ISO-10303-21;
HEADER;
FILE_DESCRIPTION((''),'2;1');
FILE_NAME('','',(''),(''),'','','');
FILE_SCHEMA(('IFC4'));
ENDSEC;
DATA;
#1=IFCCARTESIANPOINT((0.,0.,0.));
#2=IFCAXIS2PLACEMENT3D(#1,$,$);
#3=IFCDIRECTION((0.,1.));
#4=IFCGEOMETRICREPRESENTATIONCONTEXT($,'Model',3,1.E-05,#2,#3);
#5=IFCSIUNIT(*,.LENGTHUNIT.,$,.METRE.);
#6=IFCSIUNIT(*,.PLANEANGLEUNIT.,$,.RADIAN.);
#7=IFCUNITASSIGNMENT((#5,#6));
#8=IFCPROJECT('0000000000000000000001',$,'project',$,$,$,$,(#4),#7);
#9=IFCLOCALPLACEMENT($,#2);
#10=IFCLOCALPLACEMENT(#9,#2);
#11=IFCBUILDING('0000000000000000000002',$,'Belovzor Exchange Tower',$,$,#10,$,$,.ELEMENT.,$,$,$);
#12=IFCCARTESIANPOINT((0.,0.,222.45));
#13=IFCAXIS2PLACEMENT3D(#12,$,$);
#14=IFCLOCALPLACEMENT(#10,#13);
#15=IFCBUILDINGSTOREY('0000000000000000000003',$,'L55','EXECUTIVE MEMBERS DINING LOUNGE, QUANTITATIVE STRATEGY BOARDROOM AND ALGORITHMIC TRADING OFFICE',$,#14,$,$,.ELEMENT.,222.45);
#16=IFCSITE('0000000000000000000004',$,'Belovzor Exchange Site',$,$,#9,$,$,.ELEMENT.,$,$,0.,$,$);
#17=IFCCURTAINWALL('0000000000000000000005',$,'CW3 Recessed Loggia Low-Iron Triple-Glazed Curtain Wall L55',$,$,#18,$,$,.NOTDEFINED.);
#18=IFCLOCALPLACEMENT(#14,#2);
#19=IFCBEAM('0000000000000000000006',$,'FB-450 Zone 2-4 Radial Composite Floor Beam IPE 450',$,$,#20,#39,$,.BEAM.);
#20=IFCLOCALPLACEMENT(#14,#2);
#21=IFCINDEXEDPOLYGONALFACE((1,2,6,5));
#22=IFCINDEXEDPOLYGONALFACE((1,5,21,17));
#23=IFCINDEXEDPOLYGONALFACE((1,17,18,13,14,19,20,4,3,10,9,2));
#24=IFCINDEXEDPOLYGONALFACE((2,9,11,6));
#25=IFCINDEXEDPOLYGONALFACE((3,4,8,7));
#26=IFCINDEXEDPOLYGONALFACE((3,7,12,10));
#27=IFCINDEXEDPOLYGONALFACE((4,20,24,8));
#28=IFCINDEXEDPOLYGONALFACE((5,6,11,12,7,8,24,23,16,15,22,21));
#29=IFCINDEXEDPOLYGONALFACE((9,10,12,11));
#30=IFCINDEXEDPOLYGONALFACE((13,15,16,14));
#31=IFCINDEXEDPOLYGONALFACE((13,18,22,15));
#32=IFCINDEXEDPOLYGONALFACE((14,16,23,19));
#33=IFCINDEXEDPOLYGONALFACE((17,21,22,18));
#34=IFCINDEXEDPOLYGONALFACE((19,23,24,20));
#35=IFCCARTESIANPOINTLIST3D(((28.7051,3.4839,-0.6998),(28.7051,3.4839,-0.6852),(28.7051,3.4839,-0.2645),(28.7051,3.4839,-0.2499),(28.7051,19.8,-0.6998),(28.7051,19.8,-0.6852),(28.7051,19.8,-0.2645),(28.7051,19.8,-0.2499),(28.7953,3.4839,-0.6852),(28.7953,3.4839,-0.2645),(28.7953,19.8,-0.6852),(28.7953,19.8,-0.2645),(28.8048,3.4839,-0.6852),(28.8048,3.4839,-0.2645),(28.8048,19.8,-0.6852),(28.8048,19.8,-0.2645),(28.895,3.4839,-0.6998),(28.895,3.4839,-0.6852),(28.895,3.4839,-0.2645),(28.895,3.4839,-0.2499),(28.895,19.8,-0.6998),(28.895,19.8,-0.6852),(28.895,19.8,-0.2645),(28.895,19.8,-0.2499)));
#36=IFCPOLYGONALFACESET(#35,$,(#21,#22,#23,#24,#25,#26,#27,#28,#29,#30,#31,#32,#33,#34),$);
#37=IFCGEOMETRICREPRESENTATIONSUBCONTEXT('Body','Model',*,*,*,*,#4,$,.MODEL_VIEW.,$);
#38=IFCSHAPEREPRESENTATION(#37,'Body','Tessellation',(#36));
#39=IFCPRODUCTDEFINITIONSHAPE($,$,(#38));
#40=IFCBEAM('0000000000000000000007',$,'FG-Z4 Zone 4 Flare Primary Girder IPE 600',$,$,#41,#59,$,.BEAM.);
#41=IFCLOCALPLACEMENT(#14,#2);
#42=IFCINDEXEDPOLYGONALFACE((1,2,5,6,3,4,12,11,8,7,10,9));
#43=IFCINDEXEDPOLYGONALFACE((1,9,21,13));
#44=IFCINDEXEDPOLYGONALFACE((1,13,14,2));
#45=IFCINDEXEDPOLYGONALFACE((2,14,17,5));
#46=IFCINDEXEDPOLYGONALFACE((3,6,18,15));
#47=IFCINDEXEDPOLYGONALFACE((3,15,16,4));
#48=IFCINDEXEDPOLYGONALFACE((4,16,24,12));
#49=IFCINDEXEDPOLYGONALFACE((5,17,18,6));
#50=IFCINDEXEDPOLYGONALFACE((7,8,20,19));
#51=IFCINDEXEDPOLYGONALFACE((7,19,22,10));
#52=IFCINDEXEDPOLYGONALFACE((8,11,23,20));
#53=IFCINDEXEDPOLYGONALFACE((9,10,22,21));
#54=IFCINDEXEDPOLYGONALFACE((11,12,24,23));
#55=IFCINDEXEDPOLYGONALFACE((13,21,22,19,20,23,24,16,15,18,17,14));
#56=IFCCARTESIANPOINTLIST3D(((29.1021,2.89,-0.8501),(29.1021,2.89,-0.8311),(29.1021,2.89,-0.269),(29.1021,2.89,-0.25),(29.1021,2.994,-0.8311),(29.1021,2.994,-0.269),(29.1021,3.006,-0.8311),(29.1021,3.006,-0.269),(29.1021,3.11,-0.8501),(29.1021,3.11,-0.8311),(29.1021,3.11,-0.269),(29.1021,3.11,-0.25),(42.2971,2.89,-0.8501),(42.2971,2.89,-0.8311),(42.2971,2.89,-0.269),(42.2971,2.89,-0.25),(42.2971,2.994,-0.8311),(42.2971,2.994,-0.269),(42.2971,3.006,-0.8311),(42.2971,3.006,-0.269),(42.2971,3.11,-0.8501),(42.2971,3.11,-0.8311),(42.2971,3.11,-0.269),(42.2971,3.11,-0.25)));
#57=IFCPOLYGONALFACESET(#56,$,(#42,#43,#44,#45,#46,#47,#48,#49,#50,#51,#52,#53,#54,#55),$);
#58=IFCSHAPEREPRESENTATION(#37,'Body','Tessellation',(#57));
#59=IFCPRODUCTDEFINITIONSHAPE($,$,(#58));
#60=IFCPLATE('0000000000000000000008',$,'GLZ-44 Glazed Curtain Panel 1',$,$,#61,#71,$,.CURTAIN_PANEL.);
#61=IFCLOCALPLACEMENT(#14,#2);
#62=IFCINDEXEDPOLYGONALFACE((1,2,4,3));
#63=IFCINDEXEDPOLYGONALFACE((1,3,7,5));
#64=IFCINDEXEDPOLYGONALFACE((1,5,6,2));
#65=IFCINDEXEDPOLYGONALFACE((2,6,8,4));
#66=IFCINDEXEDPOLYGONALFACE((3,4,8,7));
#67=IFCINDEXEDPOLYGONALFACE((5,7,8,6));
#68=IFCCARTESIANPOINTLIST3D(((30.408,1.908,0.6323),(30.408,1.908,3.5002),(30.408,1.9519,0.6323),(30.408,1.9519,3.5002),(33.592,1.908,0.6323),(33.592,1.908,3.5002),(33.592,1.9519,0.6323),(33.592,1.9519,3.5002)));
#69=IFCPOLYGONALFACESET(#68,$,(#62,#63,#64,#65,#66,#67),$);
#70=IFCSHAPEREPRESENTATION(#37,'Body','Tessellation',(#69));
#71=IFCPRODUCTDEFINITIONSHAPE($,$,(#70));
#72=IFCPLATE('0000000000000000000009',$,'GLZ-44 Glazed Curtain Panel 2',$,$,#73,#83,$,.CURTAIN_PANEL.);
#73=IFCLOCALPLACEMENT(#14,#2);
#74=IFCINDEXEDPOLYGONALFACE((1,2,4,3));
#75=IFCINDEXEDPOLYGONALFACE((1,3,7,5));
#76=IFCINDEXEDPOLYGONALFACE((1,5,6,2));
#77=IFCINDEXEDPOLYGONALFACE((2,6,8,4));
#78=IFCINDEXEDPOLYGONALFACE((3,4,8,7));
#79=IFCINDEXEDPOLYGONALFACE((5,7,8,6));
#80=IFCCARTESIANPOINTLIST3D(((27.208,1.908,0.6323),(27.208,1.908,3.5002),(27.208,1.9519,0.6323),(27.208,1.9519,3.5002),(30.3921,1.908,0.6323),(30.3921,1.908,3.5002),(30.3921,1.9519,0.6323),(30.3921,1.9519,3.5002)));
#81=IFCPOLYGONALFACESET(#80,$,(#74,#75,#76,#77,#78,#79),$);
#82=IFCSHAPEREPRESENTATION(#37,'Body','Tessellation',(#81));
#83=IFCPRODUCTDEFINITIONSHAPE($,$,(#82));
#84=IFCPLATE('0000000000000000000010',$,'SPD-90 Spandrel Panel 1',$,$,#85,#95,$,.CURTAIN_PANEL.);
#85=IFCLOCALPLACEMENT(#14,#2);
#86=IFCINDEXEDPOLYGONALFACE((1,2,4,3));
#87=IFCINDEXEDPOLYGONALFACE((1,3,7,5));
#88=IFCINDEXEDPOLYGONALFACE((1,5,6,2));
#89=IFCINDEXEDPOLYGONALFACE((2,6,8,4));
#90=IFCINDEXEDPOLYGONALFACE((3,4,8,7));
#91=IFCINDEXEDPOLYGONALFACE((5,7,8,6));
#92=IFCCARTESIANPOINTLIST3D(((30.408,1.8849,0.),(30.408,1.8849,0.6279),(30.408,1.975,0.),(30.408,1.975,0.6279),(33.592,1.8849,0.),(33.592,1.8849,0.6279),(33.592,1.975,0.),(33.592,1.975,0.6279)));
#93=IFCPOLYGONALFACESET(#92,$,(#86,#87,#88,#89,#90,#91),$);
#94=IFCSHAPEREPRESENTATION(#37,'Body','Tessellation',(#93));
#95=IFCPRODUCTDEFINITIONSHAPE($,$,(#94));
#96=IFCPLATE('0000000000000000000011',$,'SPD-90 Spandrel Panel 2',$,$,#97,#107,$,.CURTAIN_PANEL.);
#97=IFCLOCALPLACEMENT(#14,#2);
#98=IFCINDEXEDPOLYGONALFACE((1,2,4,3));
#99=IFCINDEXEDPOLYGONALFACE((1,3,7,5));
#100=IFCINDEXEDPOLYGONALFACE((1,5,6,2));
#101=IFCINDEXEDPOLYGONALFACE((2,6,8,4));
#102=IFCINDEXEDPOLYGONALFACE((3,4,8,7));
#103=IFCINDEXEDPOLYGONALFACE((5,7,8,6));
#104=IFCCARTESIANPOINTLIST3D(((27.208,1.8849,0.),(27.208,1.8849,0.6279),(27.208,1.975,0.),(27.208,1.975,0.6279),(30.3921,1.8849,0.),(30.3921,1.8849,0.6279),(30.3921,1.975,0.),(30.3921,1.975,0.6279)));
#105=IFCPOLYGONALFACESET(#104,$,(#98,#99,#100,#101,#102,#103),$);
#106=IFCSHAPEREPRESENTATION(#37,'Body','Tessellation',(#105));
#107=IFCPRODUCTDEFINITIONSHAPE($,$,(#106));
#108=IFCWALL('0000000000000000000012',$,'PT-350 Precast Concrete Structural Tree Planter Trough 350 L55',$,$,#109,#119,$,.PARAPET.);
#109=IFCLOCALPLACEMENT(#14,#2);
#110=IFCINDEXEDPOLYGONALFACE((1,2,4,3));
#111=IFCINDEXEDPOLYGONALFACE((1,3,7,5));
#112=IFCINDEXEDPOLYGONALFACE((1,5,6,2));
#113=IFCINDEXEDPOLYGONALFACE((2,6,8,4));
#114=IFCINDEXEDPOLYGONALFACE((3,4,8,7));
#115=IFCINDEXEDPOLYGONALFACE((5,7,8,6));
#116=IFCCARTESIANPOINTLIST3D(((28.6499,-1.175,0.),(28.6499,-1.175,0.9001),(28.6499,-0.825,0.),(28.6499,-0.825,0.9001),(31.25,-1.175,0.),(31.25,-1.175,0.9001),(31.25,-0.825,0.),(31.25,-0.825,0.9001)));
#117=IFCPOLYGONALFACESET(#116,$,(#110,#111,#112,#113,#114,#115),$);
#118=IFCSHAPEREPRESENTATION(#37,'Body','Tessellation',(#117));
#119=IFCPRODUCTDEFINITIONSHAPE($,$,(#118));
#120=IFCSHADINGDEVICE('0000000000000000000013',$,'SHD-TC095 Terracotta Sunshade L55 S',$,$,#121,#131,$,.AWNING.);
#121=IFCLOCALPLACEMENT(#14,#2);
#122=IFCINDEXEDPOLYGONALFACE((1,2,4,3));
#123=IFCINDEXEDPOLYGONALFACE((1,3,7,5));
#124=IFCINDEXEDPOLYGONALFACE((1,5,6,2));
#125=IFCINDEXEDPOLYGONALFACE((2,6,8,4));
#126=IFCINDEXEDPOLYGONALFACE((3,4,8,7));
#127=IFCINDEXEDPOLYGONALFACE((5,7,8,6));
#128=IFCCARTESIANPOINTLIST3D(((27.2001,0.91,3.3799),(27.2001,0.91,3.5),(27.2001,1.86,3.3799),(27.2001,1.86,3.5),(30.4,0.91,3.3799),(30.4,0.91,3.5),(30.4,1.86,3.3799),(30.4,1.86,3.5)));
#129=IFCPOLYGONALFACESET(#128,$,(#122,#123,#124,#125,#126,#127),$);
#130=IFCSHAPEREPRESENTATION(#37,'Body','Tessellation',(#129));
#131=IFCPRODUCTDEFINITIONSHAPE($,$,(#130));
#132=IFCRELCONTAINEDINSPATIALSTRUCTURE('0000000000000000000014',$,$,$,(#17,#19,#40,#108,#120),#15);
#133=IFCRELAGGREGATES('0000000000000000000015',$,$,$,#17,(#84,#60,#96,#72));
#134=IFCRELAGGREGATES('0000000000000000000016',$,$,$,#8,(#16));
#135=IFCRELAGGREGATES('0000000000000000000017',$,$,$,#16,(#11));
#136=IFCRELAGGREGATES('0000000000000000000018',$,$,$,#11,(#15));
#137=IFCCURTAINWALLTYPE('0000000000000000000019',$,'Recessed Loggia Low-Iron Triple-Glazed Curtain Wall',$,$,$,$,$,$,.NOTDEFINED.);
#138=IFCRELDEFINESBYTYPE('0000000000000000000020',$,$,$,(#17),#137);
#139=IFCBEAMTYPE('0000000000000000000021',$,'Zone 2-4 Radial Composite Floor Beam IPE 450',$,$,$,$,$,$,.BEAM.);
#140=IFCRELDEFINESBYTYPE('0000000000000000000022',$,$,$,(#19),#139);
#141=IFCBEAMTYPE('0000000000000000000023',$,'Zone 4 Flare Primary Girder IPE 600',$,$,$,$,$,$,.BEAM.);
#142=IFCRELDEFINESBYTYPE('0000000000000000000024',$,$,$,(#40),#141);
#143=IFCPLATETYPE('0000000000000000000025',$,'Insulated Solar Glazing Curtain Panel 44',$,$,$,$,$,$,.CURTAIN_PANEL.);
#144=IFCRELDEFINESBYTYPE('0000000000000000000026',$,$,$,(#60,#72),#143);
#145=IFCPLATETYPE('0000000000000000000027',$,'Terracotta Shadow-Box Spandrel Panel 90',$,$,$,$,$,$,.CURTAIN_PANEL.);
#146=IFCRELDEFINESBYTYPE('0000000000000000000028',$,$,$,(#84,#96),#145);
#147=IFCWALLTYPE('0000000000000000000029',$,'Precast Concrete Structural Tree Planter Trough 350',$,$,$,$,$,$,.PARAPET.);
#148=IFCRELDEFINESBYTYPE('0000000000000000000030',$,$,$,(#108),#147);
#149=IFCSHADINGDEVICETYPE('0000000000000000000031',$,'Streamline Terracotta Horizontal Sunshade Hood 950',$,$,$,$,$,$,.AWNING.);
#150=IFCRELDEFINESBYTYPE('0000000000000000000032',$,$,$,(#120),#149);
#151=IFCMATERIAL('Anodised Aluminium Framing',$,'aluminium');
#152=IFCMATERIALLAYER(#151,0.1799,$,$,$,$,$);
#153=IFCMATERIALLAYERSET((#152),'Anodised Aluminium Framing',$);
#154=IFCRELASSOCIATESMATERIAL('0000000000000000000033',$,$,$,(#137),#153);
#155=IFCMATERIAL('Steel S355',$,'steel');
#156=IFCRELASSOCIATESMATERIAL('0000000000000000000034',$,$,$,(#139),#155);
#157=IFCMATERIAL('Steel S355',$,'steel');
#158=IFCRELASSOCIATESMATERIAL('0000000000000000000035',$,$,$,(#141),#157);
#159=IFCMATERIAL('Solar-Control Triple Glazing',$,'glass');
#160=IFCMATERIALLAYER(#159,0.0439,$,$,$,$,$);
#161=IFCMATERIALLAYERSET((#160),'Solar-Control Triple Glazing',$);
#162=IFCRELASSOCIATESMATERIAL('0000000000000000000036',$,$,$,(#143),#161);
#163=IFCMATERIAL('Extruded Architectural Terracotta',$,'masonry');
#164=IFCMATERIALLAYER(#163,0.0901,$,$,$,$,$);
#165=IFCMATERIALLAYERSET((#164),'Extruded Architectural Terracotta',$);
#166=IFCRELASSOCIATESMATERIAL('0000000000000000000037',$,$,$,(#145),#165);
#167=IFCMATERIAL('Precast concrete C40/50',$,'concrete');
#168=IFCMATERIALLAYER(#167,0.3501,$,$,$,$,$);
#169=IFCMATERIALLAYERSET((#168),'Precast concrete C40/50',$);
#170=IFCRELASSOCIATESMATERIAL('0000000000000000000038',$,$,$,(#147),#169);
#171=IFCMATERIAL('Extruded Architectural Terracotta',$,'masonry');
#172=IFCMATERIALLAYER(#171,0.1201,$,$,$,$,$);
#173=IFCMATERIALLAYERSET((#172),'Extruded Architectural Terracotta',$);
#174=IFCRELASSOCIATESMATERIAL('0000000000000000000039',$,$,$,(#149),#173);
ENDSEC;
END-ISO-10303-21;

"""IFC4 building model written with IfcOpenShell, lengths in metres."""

from ifc_helpers import new_model, si_unit, direction, frame, frame_2d, origin, origin_2d, place, context, subcontext, project, spatial, rectangle, i_section, extrude, material, layer, layer_set, material_profile, profile_set, type_object, element, aggregate, save


model = new_model("IFC4")

# Units and contexts
model_context = context("Model", 3, precision=1e-05, world=origin(), true_north=direction((0.0, 1.0)))
body_context = subcontext(model_context, "Body", "Model", "MODEL_VIEW")
ifc_project = project(units=[si_unit("LENGTHUNIT", "METRE"), si_unit("PLANEANGLEUNIT", "RADIAN")], contexts=[model_context])

# Site, building, storey
site_placement = place(None, origin())
site = spatial("IfcSite", under=ifc_project, at=site_placement, Name="Belovzor Exchange Site", CompositionType="ELEMENT", RefElevation=0.0)
building_placement = place(site_placement, origin())
building = spatial("IfcBuilding", under=site, at=building_placement, Name="Belovzor Exchange Tower", CompositionType="ELEMENT")
storey_placement = place(building_placement, frame((0.0, 0.0, 222.45)))
storey = spatial("IfcBuildingStorey", under=building, at=storey_placement, Name="L55", Description="EXECUTIVE MEMBERS DINING LOUNGE, QUANTITATIVE STRATEGY BOARDROOM AND ALGORITHMIC TRADING OFFICE", CompositionType="ELEMENT", Elevation=222.45)

# Curtain wall
ifc_material_1 = material(Name="Anodised Aluminium Framing", Category="aluminium")
ifc_layer_1 = layer(ifc_material_1, 0.1799)
ifc_layer_set_1 = layer_set([ifc_layer_1], Name="Anodised Aluminium Framing")
curtain_wall_type = type_object("IfcCurtainWallType", Name="Recessed Loggia Low-Iron Triple-Glazed Curtain Wall", PredefinedType="NOTDEFINED", material=ifc_layer_set_1)
curtain_wall_placement = place(storey_placement, origin())
curtain_wall = element("IfcCurtainWall", 1, at=curtain_wall_placement, inside=storey, type_object=curtain_wall_type, Name="CW3 Recessed Loggia Low-Iron Triple-Glazed Curtain Wall L55", PredefinedType="NOTDEFINED")

# Beams
ifc_material_2 = material(Name="Steel S355", Category="steel")
ifc_material_profile_1 = material_profile(ifc_material_2, i_section(OverallWidth=0.1899, OverallDepth=0.45, WebThickness=0.0095, FlangeThickness=0.0146, at=origin_2d()))
ifc_profile_set_1 = profile_set([ifc_material_profile_1], Name="Steel S355")
beam_type_1 = type_object("IfcBeamType", Name="Zone 2-4 Radial Composite Floor Beam IPE 450", PredefinedType="BEAM", material=ifc_profile_set_1)
beam_1_placement = place(storey_placement, frame((28.8, 19.8, -0.4749), z_axis=(0.0, -1.0, 0.0), x_axis=(1.0, 0.0, 0.0)))
element("IfcBeam", 2, at=beam_1_placement, inside=storey, type_object=beam_type_1, Name="FB-450 Zone 2-4 Radial Composite Floor Beam IPE 450", PredefinedType="BEAM", context=body_context, shape_type="SweptSolid", body=[
    extrude(i_section(OverallWidth=0.1899, OverallDepth=0.45, WebThickness=0.0095, FlangeThickness=0.0146, at=origin_2d()), origin(), (0.0, 0.0, 1.0), 16.3162),
])
ifc_material_3 = material(Name="Steel S355", Category="steel")
ifc_material_profile_2 = material_profile(ifc_material_3, i_section(OverallWidth=0.22, OverallDepth=0.6001, WebThickness=0.012, FlangeThickness=0.019, at=origin_2d()))
ifc_profile_set_2 = profile_set([ifc_material_profile_2], Name="Steel S355")
beam_type_2 = type_object("IfcBeamType", Name="Zone 4 Flare Primary Girder IPE 600", PredefinedType="BEAM", material=ifc_profile_set_2)
beam_2_placement = place(storey_placement, frame((29.1021, 3.0, -0.55), z_axis=(1.0, 0.0, 0.0), x_axis=(0.0, 1.0, 0.0)))
element("IfcBeam", 3, at=beam_2_placement, inside=storey, type_object=beam_type_2, Name="FG-Z4 Zone 4 Flare Primary Girder IPE 600", PredefinedType="BEAM", context=body_context, shape_type="SweptSolid", body=[
    extrude(i_section(OverallWidth=0.22, OverallDepth=0.6001, WebThickness=0.012, FlangeThickness=0.019, at=origin_2d()), origin(), (0.0, 0.0, 1.0), 13.1951),
])

# Plates
ifc_material_4 = material(Name="Solar-Control Triple Glazing", Category="glass")
ifc_layer_2 = layer(ifc_material_4, 0.0439)
ifc_layer_set_2 = layer_set([ifc_layer_2], Name="Solar-Control Triple Glazing")
plate_type_1 = type_object("IfcPlateType", Name="Insulated Solar Glazing Curtain Panel 44", PredefinedType="CURTAIN_PANEL", material=ifc_layer_set_2)
plate_1_placement = place(storey_placement, frame((32.0, 1.9299, 0.6323), z_axis=(0.0, 0.0, 1.0), x_axis=(-1.0, 0.0, 0.0)))
plate_1 = element("IfcPlate", 4, at=plate_1_placement, type_object=plate_type_1, Name="GLZ-44 Glazed Curtain Panel 1", PredefinedType="CURTAIN_PANEL", context=body_context, shape_type="SweptSolid", body=[
    extrude(rectangle(XDim=3.1841, YDim=0.0439, at=origin_2d()), origin(), (0.0, 0.0, 1.0), 2.8679),
])
plate_2_placement = place(storey_placement, frame((28.8, 1.9299, 0.6323), z_axis=(0.0, 0.0, 1.0), x_axis=(-1.0, 0.0, 0.0)))
plate_2 = element("IfcPlate", 5, at=plate_2_placement, type_object=plate_type_1, Name="GLZ-44 Glazed Curtain Panel 2", PredefinedType="CURTAIN_PANEL", context=body_context, shape_type="SweptSolid", body=[
    extrude(rectangle(XDim=3.1841, YDim=0.0439, at=origin_2d()), origin(), (0.0, 0.0, 1.0), 2.8679),
])
ifc_material_5 = material(Name="Extruded Architectural Terracotta", Category="masonry")
ifc_layer_3 = layer(ifc_material_5, 0.0901)
ifc_layer_set_3 = layer_set([ifc_layer_3], Name="Extruded Architectural Terracotta")
plate_type_2 = type_object("IfcPlateType", Name="Terracotta Shadow-Box Spandrel Panel 90", PredefinedType="CURTAIN_PANEL", material=ifc_layer_set_3)
plate_3_placement = place(storey_placement, frame((32.0, 1.9299, 0.0), z_axis=(0.0, 0.0, 1.0), x_axis=(-1.0, 0.0, 0.0)))
plate_3 = element("IfcPlate", 6, at=plate_3_placement, type_object=plate_type_2, Name="SPD-90 Spandrel Panel 1", PredefinedType="CURTAIN_PANEL", context=body_context, shape_type="SweptSolid", body=[
    extrude(rectangle(XDim=3.1841, YDim=0.0901, at=origin_2d()), origin(), (0.0, 0.0, 1.0), 0.6279),
])
plate_4_placement = place(storey_placement, frame((28.8, 1.9299, 0.0), z_axis=(0.0, 0.0, 1.0), x_axis=(-1.0, 0.0, 0.0)))
plate_4 = element("IfcPlate", 7, at=plate_4_placement, type_object=plate_type_2, Name="SPD-90 Spandrel Panel 2", PredefinedType="CURTAIN_PANEL", context=body_context, shape_type="SweptSolid", body=[
    extrude(rectangle(XDim=3.1841, YDim=0.0901, at=origin_2d()), origin(), (0.0, 0.0, 1.0), 0.6279),
])
aggregate(curtain_wall, [plate_3, plate_1, plate_4, plate_2])

# Wall
ifc_material_6 = material(Name="Precast concrete C40/50", Category="concrete")
ifc_layer_4 = layer(ifc_material_6, 0.3501)
ifc_layer_set_4 = layer_set([ifc_layer_4], Name="Precast concrete C40/50")
wall_type = type_object("IfcWallType", Name="Precast Concrete Structural Tree Planter Trough 350", PredefinedType="PARAPET", material=ifc_layer_set_4)
wall_placement = place(storey_placement, frame((28.6499, -1.0, 0.0), z_axis=(0.0, 0.0, 1.0), x_axis=(1.0, 0.0, 0.0)))
element("IfcWall", 8, at=wall_placement, inside=storey, type_object=wall_type, Name="PT-350 Precast Concrete Structural Tree Planter Trough 350 L55", PredefinedType="PARAPET", context=body_context, shape_type="SweptSolid", body=[
    extrude(rectangle(XDim=2.6001, YDim=0.3501, at=frame_2d((1.3, 0.0))), origin(), (0.0, 0.0, 1.0), 0.9001),
])

# Shading device
ifc_material_7 = material(Name="Extruded Architectural Terracotta", Category="masonry")
ifc_layer_5 = layer(ifc_material_7, 0.1201)
ifc_layer_set_5 = layer_set([ifc_layer_5], Name="Extruded Architectural Terracotta")
shading_device_type = type_object("IfcShadingDeviceType", Name="Streamline Terracotta Horizontal Sunshade Hood 950", PredefinedType="AWNING", material=ifc_layer_set_5)
shading_device_placement = place(storey_placement, frame((28.8, 1.385, 3.3799), z_axis=(0.0, 0.0, 1.0), x_axis=(1.0, 0.0, 0.0)))
element("IfcShadingDevice", 9, at=shading_device_placement, inside=storey, type_object=shading_device_type, Name="SHD-TC095 Terracotta Sunshade L55 S", PredefinedType="AWNING", context=body_context, shape_type="SweptSolid", body=[
    extrude(rectangle(XDim=3.2, YDim=0.95, at=origin_2d()), origin(), (0.0, 0.0, 1.0), 0.1201),
])

save(model, "model.ifc")
